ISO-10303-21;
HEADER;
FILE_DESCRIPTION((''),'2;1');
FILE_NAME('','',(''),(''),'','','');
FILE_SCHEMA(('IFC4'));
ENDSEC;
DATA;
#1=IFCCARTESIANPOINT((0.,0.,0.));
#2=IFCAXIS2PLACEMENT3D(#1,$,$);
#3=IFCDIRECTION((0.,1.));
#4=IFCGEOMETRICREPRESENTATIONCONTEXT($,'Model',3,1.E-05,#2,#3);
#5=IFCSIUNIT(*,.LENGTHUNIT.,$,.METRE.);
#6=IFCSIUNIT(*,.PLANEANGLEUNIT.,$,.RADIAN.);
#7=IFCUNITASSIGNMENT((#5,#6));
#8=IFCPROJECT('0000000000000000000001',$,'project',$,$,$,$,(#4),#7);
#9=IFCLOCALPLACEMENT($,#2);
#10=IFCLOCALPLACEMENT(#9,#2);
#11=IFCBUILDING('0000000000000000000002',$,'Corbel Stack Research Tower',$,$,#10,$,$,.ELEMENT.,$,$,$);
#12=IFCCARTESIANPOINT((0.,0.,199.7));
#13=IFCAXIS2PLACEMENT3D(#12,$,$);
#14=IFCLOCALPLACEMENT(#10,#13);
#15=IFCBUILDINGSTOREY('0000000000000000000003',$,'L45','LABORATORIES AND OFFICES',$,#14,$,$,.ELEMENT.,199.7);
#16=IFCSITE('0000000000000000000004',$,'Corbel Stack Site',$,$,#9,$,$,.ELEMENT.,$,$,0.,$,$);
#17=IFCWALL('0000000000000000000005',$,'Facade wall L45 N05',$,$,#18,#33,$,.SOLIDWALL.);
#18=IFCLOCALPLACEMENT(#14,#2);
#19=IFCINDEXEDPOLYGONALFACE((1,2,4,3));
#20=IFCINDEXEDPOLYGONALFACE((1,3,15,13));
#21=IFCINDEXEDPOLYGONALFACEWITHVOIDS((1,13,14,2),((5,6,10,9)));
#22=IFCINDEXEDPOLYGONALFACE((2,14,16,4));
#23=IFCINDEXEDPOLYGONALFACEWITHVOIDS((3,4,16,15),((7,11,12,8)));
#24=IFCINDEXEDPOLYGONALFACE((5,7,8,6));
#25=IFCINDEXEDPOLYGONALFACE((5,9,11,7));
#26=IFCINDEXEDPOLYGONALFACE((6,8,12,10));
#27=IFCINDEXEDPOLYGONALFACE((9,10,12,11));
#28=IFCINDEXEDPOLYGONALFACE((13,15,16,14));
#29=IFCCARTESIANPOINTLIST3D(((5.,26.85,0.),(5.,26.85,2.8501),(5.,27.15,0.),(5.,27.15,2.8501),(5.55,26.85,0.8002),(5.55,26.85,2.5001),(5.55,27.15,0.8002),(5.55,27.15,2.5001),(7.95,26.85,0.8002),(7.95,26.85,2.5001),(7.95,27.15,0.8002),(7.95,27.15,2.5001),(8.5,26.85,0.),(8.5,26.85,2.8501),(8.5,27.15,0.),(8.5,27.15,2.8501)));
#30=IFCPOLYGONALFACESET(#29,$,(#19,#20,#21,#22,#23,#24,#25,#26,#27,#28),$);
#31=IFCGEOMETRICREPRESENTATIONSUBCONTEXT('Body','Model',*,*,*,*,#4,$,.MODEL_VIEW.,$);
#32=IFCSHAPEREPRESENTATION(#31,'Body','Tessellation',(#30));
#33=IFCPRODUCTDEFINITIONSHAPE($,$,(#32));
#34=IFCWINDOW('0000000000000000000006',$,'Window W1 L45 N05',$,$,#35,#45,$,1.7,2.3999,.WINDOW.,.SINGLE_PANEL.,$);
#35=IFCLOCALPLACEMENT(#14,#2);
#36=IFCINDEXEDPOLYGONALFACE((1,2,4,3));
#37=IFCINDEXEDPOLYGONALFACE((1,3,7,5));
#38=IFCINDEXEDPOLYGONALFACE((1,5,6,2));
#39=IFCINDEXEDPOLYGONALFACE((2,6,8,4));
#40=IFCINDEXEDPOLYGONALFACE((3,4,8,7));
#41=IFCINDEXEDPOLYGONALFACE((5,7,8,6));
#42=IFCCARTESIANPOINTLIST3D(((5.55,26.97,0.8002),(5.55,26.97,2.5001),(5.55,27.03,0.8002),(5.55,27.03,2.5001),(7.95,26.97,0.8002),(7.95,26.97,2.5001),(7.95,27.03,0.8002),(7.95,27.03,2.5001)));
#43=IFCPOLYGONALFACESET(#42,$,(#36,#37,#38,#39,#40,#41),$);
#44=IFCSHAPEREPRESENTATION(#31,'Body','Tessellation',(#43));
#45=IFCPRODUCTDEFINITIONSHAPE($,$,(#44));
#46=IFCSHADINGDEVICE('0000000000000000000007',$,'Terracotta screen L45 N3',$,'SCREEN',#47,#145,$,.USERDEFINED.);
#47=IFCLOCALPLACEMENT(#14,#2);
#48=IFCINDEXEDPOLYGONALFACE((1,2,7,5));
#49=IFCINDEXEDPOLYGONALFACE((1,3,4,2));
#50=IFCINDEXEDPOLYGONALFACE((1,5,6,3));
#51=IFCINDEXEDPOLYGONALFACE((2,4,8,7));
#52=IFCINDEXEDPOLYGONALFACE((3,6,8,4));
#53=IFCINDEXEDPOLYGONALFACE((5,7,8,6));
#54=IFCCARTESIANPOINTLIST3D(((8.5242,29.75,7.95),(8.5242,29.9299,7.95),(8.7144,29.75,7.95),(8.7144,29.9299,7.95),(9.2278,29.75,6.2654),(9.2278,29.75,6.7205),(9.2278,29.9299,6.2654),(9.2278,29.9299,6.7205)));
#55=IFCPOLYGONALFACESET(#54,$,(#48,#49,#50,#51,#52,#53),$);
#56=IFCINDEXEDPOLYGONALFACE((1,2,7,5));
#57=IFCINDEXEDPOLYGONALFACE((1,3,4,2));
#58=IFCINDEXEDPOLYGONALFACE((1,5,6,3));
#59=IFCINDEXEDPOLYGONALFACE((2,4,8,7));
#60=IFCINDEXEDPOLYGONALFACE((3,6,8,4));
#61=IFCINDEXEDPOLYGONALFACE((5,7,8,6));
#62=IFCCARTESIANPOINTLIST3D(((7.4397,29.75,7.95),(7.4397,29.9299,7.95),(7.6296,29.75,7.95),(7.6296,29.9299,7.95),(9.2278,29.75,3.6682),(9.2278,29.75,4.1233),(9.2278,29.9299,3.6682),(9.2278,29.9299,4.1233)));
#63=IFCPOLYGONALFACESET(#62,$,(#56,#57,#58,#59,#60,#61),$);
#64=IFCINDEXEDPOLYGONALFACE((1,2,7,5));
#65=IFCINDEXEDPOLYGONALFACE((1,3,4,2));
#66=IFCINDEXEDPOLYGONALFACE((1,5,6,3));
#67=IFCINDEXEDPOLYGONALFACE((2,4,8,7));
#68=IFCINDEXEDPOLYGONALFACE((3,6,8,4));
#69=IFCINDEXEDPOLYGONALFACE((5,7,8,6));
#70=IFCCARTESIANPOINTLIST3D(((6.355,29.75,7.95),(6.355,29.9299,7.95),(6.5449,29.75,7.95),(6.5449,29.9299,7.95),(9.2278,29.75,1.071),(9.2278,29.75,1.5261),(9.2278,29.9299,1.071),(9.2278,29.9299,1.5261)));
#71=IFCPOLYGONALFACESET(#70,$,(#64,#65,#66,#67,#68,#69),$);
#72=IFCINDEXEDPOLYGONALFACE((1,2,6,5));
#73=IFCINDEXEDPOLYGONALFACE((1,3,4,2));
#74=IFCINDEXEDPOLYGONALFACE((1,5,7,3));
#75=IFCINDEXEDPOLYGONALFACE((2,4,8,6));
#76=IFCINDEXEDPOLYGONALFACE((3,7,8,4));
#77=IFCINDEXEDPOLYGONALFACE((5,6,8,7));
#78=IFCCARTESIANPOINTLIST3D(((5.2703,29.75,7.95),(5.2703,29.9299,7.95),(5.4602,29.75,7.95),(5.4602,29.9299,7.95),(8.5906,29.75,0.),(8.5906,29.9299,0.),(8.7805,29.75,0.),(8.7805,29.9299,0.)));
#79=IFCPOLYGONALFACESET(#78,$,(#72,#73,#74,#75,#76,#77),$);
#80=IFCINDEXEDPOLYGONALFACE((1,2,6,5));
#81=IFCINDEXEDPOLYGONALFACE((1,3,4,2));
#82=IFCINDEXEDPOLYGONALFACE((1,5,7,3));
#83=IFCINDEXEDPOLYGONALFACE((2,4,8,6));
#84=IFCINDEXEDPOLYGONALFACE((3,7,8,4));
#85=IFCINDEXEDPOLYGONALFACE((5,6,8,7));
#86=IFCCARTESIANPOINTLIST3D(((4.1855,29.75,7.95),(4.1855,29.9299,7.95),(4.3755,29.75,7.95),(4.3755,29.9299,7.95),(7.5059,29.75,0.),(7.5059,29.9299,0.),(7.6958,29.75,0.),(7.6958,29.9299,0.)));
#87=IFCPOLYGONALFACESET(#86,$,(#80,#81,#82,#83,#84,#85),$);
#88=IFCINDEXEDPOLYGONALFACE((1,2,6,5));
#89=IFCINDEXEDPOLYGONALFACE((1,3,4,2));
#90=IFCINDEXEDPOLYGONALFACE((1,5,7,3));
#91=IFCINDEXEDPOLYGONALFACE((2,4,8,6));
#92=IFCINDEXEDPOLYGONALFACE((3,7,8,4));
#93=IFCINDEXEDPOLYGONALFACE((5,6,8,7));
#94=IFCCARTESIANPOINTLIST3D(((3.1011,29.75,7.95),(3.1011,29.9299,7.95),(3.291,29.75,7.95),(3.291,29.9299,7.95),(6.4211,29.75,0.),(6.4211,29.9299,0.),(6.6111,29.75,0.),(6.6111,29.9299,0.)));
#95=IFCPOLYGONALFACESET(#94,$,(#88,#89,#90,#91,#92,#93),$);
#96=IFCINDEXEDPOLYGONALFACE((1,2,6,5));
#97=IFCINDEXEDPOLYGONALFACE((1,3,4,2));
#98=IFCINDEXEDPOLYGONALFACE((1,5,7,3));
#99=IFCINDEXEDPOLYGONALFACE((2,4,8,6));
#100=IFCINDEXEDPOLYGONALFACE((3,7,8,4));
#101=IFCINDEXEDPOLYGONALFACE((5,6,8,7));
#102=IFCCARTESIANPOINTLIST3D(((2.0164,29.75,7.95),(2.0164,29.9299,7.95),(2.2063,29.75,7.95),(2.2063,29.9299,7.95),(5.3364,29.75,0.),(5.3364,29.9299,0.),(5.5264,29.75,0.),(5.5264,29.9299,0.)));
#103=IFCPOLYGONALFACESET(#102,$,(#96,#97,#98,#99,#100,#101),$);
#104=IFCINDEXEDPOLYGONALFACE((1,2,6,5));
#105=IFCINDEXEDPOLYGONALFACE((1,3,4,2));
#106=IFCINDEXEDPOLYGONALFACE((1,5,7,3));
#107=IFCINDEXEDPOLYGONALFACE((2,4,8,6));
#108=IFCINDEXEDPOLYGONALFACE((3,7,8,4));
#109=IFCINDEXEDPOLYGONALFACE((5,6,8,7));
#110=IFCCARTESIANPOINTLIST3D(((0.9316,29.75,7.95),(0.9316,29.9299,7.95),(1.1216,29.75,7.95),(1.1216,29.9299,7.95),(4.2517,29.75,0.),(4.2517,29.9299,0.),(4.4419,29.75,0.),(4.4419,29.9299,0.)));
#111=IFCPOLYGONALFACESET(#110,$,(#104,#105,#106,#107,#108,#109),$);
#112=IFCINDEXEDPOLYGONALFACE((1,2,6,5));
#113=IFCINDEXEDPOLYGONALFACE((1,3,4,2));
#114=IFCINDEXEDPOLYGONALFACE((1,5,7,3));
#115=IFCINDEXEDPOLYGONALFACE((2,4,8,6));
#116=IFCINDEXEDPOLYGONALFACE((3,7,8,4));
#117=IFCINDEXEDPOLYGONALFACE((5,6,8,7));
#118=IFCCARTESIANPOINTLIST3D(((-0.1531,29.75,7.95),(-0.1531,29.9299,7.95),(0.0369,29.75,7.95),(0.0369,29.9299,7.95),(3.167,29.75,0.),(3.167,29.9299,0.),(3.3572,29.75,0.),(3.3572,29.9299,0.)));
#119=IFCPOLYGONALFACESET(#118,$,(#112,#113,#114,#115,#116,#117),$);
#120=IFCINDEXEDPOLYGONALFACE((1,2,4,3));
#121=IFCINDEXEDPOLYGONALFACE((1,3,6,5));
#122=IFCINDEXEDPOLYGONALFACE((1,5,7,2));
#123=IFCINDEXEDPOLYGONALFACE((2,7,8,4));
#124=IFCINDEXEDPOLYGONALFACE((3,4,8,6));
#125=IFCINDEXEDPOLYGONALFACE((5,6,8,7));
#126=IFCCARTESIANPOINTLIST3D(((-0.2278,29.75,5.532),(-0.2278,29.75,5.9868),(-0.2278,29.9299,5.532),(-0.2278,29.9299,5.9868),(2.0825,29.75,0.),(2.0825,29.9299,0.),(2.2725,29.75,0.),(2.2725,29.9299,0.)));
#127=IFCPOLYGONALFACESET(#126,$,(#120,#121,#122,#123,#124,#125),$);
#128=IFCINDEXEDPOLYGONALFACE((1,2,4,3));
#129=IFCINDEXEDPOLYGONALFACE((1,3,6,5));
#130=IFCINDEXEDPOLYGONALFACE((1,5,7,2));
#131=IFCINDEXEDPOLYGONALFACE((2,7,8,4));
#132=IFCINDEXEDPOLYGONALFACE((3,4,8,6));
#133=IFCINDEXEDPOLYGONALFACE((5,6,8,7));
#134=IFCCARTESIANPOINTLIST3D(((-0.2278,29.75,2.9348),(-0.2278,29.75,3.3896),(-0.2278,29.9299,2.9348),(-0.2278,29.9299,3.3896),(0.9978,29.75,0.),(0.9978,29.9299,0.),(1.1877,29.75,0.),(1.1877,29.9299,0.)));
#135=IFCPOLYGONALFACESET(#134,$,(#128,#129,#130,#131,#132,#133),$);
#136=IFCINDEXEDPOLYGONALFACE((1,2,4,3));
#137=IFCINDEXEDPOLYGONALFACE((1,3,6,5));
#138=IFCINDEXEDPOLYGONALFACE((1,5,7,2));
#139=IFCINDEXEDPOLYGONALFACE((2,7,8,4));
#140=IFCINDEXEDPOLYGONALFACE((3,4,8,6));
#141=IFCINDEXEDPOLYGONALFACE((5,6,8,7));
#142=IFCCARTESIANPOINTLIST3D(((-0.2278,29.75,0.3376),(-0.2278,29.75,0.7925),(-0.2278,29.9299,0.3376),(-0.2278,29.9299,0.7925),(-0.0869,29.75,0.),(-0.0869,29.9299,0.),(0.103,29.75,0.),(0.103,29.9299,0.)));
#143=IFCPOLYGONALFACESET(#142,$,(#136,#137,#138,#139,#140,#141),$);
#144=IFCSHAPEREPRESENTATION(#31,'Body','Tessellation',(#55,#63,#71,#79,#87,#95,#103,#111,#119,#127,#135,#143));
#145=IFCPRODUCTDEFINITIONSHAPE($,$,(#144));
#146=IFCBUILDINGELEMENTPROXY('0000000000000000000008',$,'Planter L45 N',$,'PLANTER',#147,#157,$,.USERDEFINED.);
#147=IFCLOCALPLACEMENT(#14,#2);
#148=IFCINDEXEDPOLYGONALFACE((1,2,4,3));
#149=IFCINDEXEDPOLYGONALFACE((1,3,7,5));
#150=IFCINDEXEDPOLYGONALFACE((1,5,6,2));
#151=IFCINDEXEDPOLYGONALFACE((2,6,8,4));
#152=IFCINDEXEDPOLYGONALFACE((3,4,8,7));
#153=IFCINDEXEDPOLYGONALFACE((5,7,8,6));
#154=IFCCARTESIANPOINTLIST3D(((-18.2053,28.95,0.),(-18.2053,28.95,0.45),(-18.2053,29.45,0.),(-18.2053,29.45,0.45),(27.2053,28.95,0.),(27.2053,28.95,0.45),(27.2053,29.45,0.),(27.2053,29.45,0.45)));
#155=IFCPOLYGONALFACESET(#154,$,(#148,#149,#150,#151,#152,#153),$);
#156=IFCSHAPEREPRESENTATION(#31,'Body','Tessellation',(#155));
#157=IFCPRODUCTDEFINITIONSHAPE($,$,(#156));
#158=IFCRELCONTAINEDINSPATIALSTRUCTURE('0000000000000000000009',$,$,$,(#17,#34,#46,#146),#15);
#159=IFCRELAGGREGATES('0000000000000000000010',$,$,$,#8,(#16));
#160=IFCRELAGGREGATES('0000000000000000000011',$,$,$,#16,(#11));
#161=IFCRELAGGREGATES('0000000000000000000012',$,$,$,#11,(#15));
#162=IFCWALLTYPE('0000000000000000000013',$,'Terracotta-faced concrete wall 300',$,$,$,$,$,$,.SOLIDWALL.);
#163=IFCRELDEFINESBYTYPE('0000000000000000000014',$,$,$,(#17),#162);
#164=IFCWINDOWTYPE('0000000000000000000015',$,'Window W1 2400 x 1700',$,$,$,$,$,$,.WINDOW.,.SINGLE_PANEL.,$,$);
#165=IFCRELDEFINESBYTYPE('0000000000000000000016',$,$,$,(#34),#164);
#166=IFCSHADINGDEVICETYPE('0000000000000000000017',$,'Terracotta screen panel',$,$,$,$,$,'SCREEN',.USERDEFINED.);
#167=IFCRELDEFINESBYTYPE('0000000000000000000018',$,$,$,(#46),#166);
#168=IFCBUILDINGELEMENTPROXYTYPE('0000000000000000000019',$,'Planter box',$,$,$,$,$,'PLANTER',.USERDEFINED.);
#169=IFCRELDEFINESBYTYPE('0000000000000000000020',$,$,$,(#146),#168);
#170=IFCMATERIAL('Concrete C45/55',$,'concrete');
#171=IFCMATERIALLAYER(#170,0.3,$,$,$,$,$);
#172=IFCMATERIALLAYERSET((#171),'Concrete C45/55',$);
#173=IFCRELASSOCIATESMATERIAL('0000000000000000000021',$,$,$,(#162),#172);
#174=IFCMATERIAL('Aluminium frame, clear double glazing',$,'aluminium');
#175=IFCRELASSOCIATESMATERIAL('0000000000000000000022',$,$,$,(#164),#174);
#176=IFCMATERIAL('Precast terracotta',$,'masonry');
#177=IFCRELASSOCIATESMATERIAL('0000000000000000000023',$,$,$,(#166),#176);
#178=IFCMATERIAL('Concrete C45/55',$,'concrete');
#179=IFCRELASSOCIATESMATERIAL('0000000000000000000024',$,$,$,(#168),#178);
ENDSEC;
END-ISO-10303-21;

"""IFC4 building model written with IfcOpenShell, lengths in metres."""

from ifc_helpers import new_model, si_unit, direction, frame, frame_2d, origin, origin_2d, place, context, subcontext, project, spatial, polyline, rectangle, outline, extrude, source, transform, mapped, material, layer, layer_set, type_object, element, fill, save


model = new_model("IFC4")

# Units and contexts
model_context = context("Model", 3, precision=1e-05, world=origin(), true_north=direction((0.0, 1.0)))
body_context = subcontext(model_context, "Body", "Model", "MODEL_VIEW")
ifc_project = project(units=[si_unit("LENGTHUNIT", "METRE"), si_unit("PLANEANGLEUNIT", "RADIAN")], contexts=[model_context])

# Site, building, storey
site_placement = place(None, origin())
site = spatial("IfcSite", under=ifc_project, at=site_placement, Name="Corbel Stack Site", CompositionType="ELEMENT", RefElevation=0.0)
building_placement = place(site_placement, origin())
building = spatial("IfcBuilding", under=site, at=building_placement, Name="Corbel Stack Research Tower", CompositionType="ELEMENT")
storey_placement = place(building_placement, frame((0.0, 0.0, 199.7)))
storey = spatial("IfcBuildingStorey", under=building, at=storey_placement, Name="L45", Description="LABORATORIES AND OFFICES", CompositionType="ELEMENT", Elevation=199.7)

# Wall, opening, window
ifc_material_1 = material(Name="Concrete C45/55", Category="concrete")
ifc_layer_1 = layer(ifc_material_1, 0.3)
ifc_layer_set_1 = layer_set([ifc_layer_1], Name="Concrete C45/55")
wall_type_1 = type_object("IfcWallType", Name="Terracotta-faced concrete wall 300", PredefinedType="SOLIDWALL", material=ifc_layer_set_1)
ifc_material_2 = material(Name="Aluminium frame, clear double glazing", Category="aluminium")
window_type = type_object("IfcWindowType", Name="Window W1 2400 x 1700", PartitioningType="SINGLE_PANEL", PredefinedType="WINDOW", material=ifc_material_2)
wall_1_placement = place(storey_placement, frame((5.0, 27.0, 0.0), z_axis=(0.0, 0.0, 1.0), x_axis=(1.0, 0.0, 0.0)))
wall_1 = element("IfcWall", 1, at=wall_1_placement, inside=storey, type_object=wall_type_1, Name="Facade wall L45 N05", PredefinedType="SOLIDWALL", context=body_context, shape_type="SweptSolid", body=[
    extrude(rectangle(XDim=3.5, YDim=0.3, at=frame_2d((1.75, 0.0))), origin(), (0.0, 0.0, 1.0), 2.8501),
])
opening_1_placement = place(wall_1_placement, frame((0.55, 0.0, 0.8)))
opening_1 = element("IfcOpeningElement", 2, at=opening_1_placement, cuts=wall_1, PredefinedType="OPENING", context=body_context, shape_type="SweptSolid", body=[
    extrude(rectangle(XDim=2.3999, YDim=1.7, at=frame_2d((1.2, 0.8501))), frame((0.0, 0.1599, 0.0), z_axis=(0.0, -1.0, 0.0), x_axis=(1.0, 0.0, 0.0)), (0.0, 0.0, 1.0), 0.3201),
])
window_1_placement = place(opening_1_placement, origin())
window_1 = element("IfcWindow", 3, at=window_1_placement, inside=storey, type_object=window_type, Name="Window W1 L45 N05", OverallHeight=1.7, OverallWidth=2.3999, PartitioningType="SINGLE_PANEL", PredefinedType="WINDOW", context=body_context, shape_type="SweptSolid", body=[
    extrude(rectangle(XDim=2.3999, YDim=1.7, at=frame_2d((1.2, 0.8501))), frame((0.0, 0.03, 0.0), z_axis=(0.0, -1.0, 0.0), x_axis=(1.0, 0.0, 0.0)), (0.0, 0.0, 1.0), 0.0601),
])
fill(opening_1, window_1)

# Shading device
ifc_material_3 = material(Name="Precast terracotta", Category="masonry")
shading_device_type = type_object("IfcShadingDeviceType", Name="Terracotta screen panel", ElementType="SCREEN", PredefinedType="USERDEFINED", material=ifc_material_3)
shared_shape = source(origin(), body_context, "Body", "SweptSolid", [
    extrude(outline(polyline([(0.7036, 7.95), (0.5134, 7.95), (0.0, 6.7205), (0.0, 6.2654), (0.7036, 7.95)])), frame((0.0, 0.0, 0.0), z_axis=(0.0, -1.0, 0.0), x_axis=(1.0, 0.0, 0.0)), (0.0, 0.0, 1.0), 0.1799),
    extrude(outline(polyline([(1.7881, 7.95), (1.5981, 7.95), (0.0, 4.1233), (0.0, 3.6682), (1.7881, 7.95)])), frame((0.0, 0.0, 0.0), z_axis=(0.0, -1.0, 0.0), x_axis=(1.0, 0.0, 0.0)), (0.0, 0.0, 1.0), 0.1799),
    extrude(outline(polyline([(2.8728, 7.95), (2.6829, 7.95), (0.0, 1.5261), (0.0, 1.071), (2.8728, 7.95)])), frame((0.0, 0.0, 0.0), z_axis=(0.0, -1.0, 0.0), x_axis=(1.0, 0.0, 0.0)), (0.0, 0.0, 1.0), 0.1799),
    extrude(outline(polyline([(0.6372, 0.0), (3.9575, 7.95), (3.7676, 7.95), (0.4473, 0.0), (0.6372, 0.0)])), frame((0.0, 0.0, 0.0), z_axis=(0.0, -1.0, 0.0), x_axis=(1.0, 0.0, 0.0)), (0.0, 0.0, 1.0), 0.1799),
    extrude(outline(polyline([(1.7219, 0.0), (5.0422, 7.95), (4.8523, 7.95), (1.532, 0.0), (1.7219, 0.0)])), frame((0.0, 0.0, 0.0), z_axis=(0.0, -1.0, 0.0), x_axis=(1.0, 0.0, 0.0)), (0.0, 0.0, 1.0), 0.1799),
    extrude(outline(polyline([(2.8066, 0.0), (6.1267, 7.95), (5.9368, 7.95), (2.6167, 0.0), (2.8066, 0.0)])), frame((0.0, 0.0, 0.0), z_axis=(0.0, -1.0, 0.0), x_axis=(1.0, 0.0, 0.0)), (0.0, 0.0, 1.0), 0.1799),
    extrude(outline(polyline([(3.8914, 0.0), (7.2114, 7.95), (7.0215, 7.95), (3.7014, 0.0), (3.8914, 0.0)])), frame((0.0, 0.0, 0.0), z_axis=(0.0, -1.0, 0.0), x_axis=(1.0, 0.0, 0.0)), (0.0, 0.0, 1.0), 0.1799),
    extrude(outline(polyline([(4.9761, 0.0), (8.2961, 7.95), (8.1062, 7.95), (4.7859, 0.0), (4.9761, 0.0)])), frame((0.0, 0.0, 0.0), z_axis=(0.0, -1.0, 0.0), x_axis=(1.0, 0.0, 0.0)), (0.0, 0.0, 1.0), 0.1799),
    extrude(outline(polyline([(6.0608, 0.0), (9.3809, 7.95), (9.1909, 7.95), (5.8706, 0.0), (6.0608, 0.0)])), frame((0.0, 0.0, 0.0), z_axis=(0.0, -1.0, 0.0), x_axis=(1.0, 0.0, 0.0)), (0.0, 0.0, 1.0), 0.1799),
    extrude(outline(polyline([(7.1453, 0.0), (9.4556, 5.532), (9.4556, 5.9868), (6.9553, 0.0), (7.1453, 0.0)])), frame((0.0, 0.0, 0.0), z_axis=(0.0, -1.0, 0.0), x_axis=(1.0, 0.0, 0.0)), (0.0, 0.0, 1.0), 0.1799),
    extrude(outline(polyline([(8.23, 0.0), (9.4556, 2.9348), (9.4556, 3.3896), (8.04, 0.0), (8.23, 0.0)])), frame((0.0, 0.0, 0.0), z_axis=(0.0, -1.0, 0.0), x_axis=(1.0, 0.0, 0.0)), (0.0, 0.0, 1.0), 0.1799),
    extrude(outline(polyline([(9.3147, 0.0), (9.4556, 0.3376), (9.4556, 0.7925), (9.1248, 0.0), (9.3147, 0.0)])), frame((0.0, 0.0, 0.0), z_axis=(0.0, -1.0, 0.0), x_axis=(1.0, 0.0, 0.0)), (0.0, 0.0, 1.0), 0.1799),
])
shading_device_placement = place(storey_placement, frame((9.2278, 29.75, 0.0), z_axis=(0.0, 0.0, 1.0), x_axis=(-1.0, 0.0, 0.0)))
element("IfcShadingDevice", 4, at=shading_device_placement, inside=storey, type_object=shading_device_type, Name="Terracotta screen L45 N3", ObjectType="SCREEN", PredefinedType="USERDEFINED", context=body_context, shape_type="MappedRepresentation", body=[
    mapped(shared_shape, transform((0.0, 0.0, 0.0))),
])

# Building element proxy
ifc_material_4 = material(Name="Concrete C45/55", Category="concrete")
building_element_proxy_type = type_object("IfcBuildingElementProxyType", Name="Planter box", ElementType="PLANTER", PredefinedType="USERDEFINED", material=ifc_material_4)
proxy_placement = place(storey_placement, frame((4.5, 29.2, 0.0), z_axis=(0.0, 0.0, 1.0), x_axis=(-1.0, 0.0, 0.0)))
element("IfcBuildingElementProxy", 5, at=proxy_placement, inside=storey, type_object=building_element_proxy_type, Name="Planter L45 N", ObjectType="PLANTER", PredefinedType="USERDEFINED", context=body_context, shape_type="SweptSolid", body=[
    extrude(rectangle(XDim=45.4106, YDim=0.5, at=origin_2d()), origin(), (0.0, 0.0, 1.0), 0.45),
])

save(model, "model.ifc")
